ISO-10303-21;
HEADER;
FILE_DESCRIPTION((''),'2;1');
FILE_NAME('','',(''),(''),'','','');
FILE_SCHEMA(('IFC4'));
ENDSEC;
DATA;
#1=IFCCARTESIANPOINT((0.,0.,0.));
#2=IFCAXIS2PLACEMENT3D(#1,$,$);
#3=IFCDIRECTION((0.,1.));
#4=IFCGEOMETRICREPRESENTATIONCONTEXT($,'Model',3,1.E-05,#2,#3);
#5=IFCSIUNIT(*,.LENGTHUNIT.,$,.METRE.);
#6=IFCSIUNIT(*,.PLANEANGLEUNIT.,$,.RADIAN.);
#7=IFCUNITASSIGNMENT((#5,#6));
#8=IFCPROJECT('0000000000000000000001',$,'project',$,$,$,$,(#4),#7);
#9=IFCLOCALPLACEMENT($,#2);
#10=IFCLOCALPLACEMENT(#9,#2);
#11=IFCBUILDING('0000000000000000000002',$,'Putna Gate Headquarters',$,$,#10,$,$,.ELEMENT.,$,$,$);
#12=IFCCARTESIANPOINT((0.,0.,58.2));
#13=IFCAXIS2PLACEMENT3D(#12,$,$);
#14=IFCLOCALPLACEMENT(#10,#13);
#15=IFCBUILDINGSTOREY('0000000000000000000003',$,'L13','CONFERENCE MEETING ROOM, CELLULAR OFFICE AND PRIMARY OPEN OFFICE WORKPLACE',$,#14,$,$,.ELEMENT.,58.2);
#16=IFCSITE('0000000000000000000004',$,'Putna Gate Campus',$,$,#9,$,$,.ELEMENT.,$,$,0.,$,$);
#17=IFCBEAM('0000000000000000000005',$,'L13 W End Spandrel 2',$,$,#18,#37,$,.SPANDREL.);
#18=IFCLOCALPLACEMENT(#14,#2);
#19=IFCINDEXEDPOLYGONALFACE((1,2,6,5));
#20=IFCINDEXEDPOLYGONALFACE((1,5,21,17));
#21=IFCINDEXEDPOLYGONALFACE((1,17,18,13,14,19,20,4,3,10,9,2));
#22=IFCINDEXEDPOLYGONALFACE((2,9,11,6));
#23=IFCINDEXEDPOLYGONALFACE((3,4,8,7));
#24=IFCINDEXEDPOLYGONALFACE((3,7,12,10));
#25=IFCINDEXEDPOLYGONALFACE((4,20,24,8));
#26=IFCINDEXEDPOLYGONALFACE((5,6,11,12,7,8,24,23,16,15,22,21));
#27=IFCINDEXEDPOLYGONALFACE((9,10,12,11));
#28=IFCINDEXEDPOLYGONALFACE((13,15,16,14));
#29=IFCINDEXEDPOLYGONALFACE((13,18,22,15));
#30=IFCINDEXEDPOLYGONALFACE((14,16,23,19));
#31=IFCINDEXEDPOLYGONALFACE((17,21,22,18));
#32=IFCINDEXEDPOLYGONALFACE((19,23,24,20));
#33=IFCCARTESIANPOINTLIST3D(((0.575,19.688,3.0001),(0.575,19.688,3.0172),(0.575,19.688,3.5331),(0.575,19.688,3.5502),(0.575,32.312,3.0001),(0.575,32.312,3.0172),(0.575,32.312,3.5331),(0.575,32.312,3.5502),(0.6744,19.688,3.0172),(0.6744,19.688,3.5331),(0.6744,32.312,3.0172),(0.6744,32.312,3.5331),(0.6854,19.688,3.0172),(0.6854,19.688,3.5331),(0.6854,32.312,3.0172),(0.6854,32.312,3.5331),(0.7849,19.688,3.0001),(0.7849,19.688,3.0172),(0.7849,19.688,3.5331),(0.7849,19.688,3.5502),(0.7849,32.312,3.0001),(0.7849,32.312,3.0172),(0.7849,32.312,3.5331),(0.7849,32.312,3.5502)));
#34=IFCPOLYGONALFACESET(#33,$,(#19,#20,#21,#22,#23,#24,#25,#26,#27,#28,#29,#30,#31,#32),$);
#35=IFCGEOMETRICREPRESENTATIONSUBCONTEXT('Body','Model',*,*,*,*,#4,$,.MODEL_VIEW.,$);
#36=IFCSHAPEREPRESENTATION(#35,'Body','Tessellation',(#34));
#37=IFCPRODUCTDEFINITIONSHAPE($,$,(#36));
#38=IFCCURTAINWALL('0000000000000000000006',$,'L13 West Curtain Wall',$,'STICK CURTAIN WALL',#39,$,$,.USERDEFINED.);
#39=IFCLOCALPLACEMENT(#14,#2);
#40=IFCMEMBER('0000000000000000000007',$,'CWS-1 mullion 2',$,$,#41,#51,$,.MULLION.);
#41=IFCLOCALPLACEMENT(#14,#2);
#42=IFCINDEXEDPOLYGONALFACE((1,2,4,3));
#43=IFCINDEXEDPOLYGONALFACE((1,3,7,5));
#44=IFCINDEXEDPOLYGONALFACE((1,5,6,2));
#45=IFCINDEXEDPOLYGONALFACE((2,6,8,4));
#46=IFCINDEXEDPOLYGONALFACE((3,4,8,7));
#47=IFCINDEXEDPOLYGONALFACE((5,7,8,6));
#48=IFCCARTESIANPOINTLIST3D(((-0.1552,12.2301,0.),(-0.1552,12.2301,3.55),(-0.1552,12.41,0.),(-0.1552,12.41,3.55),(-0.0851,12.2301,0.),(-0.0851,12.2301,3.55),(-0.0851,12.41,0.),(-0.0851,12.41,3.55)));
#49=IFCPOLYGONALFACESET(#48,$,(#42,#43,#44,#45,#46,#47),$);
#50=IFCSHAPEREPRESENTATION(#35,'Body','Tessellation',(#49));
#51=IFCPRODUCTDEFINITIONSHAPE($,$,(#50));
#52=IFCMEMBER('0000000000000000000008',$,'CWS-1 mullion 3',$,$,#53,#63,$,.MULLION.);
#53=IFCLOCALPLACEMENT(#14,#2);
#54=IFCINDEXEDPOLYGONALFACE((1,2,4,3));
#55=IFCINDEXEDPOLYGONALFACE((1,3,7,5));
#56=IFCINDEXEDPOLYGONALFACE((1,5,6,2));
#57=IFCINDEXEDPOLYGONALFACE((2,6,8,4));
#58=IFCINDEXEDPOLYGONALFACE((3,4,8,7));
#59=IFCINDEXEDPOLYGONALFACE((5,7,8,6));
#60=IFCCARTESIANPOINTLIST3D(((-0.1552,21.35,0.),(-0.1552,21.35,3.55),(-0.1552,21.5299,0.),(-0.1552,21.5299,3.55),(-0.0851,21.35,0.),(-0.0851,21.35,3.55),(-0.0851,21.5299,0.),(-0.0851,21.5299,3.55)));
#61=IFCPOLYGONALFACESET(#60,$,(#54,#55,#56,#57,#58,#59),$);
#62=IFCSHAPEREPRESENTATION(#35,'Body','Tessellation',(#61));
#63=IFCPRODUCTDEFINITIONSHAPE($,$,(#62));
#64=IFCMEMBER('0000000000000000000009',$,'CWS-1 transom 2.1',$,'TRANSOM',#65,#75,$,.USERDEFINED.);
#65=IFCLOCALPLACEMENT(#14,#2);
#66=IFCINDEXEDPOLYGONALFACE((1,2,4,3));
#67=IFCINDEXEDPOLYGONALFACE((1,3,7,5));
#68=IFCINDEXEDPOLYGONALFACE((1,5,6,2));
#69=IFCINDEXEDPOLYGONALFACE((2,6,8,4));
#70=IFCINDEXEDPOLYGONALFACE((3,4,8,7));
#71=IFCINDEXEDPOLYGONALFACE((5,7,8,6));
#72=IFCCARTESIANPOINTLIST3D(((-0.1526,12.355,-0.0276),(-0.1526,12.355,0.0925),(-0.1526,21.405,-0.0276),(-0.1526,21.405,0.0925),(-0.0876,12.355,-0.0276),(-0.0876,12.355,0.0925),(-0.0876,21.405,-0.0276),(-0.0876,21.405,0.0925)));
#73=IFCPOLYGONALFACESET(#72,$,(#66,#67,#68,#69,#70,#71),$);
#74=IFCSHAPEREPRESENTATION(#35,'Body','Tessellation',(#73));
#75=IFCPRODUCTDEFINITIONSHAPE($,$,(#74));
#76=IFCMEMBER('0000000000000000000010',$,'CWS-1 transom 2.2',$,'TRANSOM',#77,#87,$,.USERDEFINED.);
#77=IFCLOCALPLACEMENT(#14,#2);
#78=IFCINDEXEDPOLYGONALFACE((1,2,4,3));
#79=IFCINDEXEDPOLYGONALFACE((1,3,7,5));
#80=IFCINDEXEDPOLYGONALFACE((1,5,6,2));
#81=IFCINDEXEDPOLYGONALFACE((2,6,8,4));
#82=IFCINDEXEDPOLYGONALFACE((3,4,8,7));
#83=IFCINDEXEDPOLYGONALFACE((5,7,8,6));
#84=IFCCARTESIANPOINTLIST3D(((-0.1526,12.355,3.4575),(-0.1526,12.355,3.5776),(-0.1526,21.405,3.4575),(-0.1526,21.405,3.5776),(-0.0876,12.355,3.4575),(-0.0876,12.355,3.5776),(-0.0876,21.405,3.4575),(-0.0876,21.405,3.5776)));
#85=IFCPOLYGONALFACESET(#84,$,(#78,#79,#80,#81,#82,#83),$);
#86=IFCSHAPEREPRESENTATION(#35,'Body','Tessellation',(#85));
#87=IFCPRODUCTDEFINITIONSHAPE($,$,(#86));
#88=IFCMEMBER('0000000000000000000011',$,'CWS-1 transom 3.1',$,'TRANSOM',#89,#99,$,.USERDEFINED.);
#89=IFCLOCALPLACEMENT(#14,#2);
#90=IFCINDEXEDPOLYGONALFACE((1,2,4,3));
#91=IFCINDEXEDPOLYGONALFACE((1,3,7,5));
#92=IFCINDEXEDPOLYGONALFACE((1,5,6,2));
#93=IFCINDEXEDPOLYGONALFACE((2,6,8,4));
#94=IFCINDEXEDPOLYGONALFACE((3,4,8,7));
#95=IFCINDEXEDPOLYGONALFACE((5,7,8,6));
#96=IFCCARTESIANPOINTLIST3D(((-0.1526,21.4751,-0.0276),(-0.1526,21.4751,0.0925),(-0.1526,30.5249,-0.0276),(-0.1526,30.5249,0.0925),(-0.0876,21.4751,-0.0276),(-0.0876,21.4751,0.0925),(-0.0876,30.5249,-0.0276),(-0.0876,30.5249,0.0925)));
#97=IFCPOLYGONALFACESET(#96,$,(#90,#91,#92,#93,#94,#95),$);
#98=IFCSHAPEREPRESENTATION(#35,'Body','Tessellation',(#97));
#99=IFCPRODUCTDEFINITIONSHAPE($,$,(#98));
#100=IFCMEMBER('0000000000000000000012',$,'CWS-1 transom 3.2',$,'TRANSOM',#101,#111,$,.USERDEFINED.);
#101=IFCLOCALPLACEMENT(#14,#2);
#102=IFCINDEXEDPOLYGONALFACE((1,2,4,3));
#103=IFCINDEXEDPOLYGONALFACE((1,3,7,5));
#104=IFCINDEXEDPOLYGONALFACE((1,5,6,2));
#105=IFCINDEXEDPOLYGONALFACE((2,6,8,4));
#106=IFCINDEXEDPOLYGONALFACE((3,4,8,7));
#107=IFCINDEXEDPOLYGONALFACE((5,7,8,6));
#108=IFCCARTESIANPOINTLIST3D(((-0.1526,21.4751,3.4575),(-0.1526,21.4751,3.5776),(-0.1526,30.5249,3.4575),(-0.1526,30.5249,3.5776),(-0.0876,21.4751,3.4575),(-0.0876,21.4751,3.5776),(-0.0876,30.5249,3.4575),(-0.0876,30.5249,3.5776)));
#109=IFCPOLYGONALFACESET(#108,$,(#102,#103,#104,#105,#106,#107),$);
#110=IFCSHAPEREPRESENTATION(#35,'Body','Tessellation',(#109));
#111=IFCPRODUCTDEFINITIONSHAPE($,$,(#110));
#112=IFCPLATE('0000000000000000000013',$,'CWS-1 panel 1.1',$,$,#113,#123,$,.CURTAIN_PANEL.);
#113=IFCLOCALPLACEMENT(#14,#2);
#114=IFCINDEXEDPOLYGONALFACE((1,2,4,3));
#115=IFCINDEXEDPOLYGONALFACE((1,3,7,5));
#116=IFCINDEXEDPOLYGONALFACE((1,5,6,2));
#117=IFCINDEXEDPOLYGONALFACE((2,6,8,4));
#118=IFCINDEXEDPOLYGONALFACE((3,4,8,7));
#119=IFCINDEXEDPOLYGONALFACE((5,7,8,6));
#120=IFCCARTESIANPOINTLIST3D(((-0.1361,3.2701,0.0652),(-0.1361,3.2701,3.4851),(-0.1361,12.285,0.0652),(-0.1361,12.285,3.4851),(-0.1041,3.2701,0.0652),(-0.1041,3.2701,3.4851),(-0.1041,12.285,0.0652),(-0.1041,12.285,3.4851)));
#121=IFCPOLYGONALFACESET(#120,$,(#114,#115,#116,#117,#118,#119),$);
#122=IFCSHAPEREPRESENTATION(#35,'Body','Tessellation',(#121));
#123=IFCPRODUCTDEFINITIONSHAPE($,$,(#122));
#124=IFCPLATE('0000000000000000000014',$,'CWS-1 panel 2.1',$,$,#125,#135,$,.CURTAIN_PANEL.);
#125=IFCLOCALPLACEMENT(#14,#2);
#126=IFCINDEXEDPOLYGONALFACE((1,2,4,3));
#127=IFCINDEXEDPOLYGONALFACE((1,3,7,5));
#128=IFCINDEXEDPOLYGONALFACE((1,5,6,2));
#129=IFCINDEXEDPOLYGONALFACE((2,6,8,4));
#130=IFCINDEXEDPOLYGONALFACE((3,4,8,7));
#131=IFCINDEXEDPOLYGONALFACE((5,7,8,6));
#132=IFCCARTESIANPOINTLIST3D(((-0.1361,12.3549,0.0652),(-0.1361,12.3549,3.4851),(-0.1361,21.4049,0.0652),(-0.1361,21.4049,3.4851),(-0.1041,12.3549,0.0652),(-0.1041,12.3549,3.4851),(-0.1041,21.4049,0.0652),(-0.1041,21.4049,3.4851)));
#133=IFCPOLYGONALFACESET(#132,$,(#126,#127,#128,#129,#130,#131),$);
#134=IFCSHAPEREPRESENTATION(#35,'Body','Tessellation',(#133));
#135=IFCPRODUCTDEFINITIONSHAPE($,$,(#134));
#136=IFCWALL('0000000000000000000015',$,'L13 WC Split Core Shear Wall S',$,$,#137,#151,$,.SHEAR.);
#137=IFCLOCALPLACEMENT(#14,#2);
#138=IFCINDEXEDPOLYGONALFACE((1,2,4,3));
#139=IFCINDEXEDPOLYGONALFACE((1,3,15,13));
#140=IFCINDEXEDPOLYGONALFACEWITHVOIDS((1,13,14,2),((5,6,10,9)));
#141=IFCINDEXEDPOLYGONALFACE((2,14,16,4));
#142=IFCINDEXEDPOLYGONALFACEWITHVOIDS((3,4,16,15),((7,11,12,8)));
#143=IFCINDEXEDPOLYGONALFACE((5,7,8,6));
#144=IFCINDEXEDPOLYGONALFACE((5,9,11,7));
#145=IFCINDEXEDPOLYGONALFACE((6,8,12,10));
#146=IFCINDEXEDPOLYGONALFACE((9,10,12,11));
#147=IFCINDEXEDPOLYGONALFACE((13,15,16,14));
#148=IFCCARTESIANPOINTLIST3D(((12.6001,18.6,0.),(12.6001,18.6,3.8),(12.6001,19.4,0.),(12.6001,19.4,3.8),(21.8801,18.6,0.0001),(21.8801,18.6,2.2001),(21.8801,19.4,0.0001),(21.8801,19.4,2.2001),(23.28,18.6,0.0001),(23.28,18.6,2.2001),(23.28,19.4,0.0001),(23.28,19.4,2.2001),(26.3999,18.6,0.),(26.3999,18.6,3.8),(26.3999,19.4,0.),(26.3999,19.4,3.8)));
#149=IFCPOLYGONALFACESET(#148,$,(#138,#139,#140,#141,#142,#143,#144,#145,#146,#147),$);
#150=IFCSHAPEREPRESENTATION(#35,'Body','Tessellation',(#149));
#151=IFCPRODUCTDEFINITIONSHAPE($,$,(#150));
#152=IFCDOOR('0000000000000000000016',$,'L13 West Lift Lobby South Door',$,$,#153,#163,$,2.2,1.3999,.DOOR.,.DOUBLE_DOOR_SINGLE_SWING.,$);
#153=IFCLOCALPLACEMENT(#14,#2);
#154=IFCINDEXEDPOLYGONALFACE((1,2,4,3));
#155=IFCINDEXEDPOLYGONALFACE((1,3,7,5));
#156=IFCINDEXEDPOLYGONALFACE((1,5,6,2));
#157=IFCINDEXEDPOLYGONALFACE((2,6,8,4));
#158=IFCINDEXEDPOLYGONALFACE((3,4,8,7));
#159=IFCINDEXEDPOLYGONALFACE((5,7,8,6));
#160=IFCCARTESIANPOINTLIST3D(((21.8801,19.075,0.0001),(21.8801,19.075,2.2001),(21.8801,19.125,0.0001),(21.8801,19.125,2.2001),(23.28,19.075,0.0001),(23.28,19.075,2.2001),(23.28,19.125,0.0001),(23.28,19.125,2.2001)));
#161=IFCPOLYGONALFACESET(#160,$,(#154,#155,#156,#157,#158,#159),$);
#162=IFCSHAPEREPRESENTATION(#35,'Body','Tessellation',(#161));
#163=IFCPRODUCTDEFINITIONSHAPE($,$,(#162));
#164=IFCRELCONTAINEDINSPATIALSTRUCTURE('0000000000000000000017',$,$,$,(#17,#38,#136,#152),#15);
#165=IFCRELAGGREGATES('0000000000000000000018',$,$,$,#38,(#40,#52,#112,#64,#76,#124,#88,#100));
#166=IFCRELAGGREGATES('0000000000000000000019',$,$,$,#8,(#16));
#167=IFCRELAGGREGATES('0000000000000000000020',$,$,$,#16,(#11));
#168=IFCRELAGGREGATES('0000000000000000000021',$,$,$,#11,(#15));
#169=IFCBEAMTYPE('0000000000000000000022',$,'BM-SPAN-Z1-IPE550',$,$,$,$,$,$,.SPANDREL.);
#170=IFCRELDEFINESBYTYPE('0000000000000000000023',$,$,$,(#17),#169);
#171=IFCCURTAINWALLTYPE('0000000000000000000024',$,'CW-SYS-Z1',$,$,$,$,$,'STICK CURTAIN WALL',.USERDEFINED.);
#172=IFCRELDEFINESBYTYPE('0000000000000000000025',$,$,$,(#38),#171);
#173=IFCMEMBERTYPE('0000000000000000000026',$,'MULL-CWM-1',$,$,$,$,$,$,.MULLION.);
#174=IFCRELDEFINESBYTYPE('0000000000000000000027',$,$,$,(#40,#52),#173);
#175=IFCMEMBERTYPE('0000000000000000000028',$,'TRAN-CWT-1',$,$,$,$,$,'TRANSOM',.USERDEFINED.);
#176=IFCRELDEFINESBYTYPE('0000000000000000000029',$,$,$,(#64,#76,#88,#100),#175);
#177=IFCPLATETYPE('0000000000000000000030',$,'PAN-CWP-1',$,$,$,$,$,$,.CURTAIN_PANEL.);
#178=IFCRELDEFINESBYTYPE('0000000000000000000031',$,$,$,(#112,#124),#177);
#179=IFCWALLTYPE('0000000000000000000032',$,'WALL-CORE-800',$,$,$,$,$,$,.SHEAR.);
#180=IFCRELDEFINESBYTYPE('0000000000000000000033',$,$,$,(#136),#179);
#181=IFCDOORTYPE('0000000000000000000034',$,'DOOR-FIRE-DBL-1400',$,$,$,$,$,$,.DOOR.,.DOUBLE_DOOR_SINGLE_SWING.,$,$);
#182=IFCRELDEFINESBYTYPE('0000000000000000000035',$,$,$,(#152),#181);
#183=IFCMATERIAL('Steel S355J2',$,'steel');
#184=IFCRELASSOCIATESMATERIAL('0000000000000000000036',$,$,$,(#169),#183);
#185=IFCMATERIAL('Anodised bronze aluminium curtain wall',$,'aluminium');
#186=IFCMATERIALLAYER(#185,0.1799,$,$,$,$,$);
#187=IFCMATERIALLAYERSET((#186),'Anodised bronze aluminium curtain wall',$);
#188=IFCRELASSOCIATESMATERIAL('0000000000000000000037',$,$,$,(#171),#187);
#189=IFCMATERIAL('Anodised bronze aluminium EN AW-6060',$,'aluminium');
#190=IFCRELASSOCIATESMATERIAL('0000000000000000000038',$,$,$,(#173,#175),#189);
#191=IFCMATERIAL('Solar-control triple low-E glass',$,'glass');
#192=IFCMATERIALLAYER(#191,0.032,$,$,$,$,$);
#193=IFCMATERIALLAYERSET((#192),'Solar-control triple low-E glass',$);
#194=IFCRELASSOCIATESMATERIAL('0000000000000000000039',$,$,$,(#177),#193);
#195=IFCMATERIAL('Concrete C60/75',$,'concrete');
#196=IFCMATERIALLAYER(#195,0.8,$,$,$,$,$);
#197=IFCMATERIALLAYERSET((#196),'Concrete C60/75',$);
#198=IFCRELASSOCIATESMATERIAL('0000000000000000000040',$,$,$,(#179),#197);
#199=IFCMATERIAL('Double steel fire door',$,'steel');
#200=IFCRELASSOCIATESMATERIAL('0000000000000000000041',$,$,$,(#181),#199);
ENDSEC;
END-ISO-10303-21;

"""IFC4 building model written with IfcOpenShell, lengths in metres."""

from ifc_helpers import new_model, si_unit, direction, frame, frame_2d, origin, origin_2d, place, context, subcontext, project, spatial, rectangle, i_section, extrude, material, layer, layer_set, material_profile, profile_set, type_object, element, fill, aggregate, save


model = new_model("IFC4")

# Units and contexts
model_context = context("Model", 3, precision=1e-05, world=origin(), true_north=direction((0.0, 1.0)))
body_context = subcontext(model_context, "Body", "Model", "MODEL_VIEW")
ifc_project = project(units=[si_unit("LENGTHUNIT", "METRE"), si_unit("PLANEANGLEUNIT", "RADIAN")], contexts=[model_context])

# Site, building, storey
site_placement = place(None, origin())
site = spatial("IfcSite", under=ifc_project, at=site_placement, Name="Putna Gate Campus", CompositionType="ELEMENT", RefElevation=0.0)
building_placement = place(site_placement, origin())
building = spatial("IfcBuilding", under=site, at=building_placement, Name="Putna Gate Headquarters", CompositionType="ELEMENT")
storey_placement = place(building_placement, frame((0.0, 0.0, 58.2)))
storey = spatial("IfcBuildingStorey", under=building, at=storey_placement, Name="L13", Description="CONFERENCE MEETING ROOM, CELLULAR OFFICE AND PRIMARY OPEN OFFICE WORKPLACE", CompositionType="ELEMENT", Elevation=58.2)

# Shared definitions
ifc_material_1 = material(Name="Concrete C60/75", Category="concrete")

# Beam
ifc_material_2 = material(Name="Steel S355J2", Category="steel")
ifc_material_profile_1 = material_profile(ifc_material_2, i_section(OverallWidth=0.21, OverallDepth=0.55, WebThickness=0.011, FlangeThickness=0.0171, at=origin_2d()), Name="Steel S355J2")
ifc_profile_set_1 = profile_set([ifc_material_profile_1], Name="Steel S355J2")
beam_type_1 = type_object("IfcBeamType", Name="BM-SPAN-Z1-IPE550", PredefinedType="SPANDREL", material=ifc_profile_set_1)
beam_1_placement = place(storey_placement, frame((0.6799, 19.688, 3.2751), z_axis=(0.0, 1.0, 0.0), x_axis=(-1.0, 0.0, 0.0)))
element("IfcBeam", 1, at=beam_1_placement, inside=storey, type_object=beam_type_1, Name="L13 W End Spandrel 2", PredefinedType="SPANDREL", context=body_context, shape_type="SweptSolid", body=[
    extrude(i_section(OverallWidth=0.21, OverallDepth=0.55, WebThickness=0.011, FlangeThickness=0.0171, at=origin_2d()), origin(), (0.0, 0.0, 1.0), 12.624),
])

# Curtain wall, members, plates
ifc_material_3 = material(Name="Anodised bronze aluminium curtain wall", Category="aluminium")
ifc_layer_1 = layer(ifc_material_3, 0.1799)
ifc_layer_set_1 = layer_set([ifc_layer_1], Name="Anodised bronze aluminium curtain wall")
curtain_wall_type = type_object("IfcCurtainWallType", Name="CW-SYS-Z1", ElementType="STICK CURTAIN WALL", PredefinedType="USERDEFINED", material=ifc_layer_set_1)
curtain_wall_placement = place(storey_placement, origin())
curtain_wall = element("IfcCurtainWall", 2, at=curtain_wall_placement, inside=storey, type_object=curtain_wall_type, Name="L13 West Curtain Wall", ObjectType="STICK CURTAIN WALL", PredefinedType="USERDEFINED")
ifc_material_4 = material(Name="Anodised bronze aluminium EN AW-6060", Category="aluminium")
ifc_material_profile_2 = material_profile(ifc_material_4, rectangle(XDim=0.0701, YDim=0.1799, at=origin_2d()), Name="Anodised bronze aluminium EN AW-6060")
ifc_profile_set_2 = profile_set([ifc_material_profile_2], Name="Anodised bronze aluminium EN AW-6060")
member_type_1 = type_object("IfcMemberType", Name="MULL-CWM-1", PredefinedType="MULLION", material=ifc_profile_set_2)
member_1_placement = place(storey_placement, frame((-0.1201, 12.3201, 0.0), z_axis=(0.0, 0.0, 1.0), x_axis=(-1.0, 0.0, 0.0)))
member_1 = element("IfcMember", 3, at=member_1_placement, type_object=member_type_1, Name="CWS-1 mullion 2", PredefinedType="MULLION", context=body_context, shape_type="SweptSolid", body=[
    extrude(rectangle(XDim=0.0701, YDim=0.1799, at=origin_2d()), origin(), (0.0, 0.0, 1.0), 3.55),
])
member_2_placement = place(storey_placement, frame((-0.1201, 21.4399, 0.0), z_axis=(0.0, 0.0, 1.0), x_axis=(-1.0, 0.0, 0.0)))
member_2 = element("IfcMember", 4, at=member_2_placement, type_object=member_type_1, Name="CWS-1 mullion 3", PredefinedType="MULLION", context=body_context, shape_type="SweptSolid", body=[
    extrude(rectangle(XDim=0.0701, YDim=0.1799, at=origin_2d()), origin(), (0.0, 0.0, 1.0), 3.55),
])
ifc_material_profile_3 = material_profile(ifc_material_4, rectangle(XDim=0.0649, YDim=0.1201, at=origin_2d()), Name="Anodised bronze aluminium EN AW-6060")
ifc_profile_set_3 = profile_set([ifc_material_profile_3], Name="Anodised bronze aluminium EN AW-6060")
member_type_2 = type_object("IfcMemberType", Name="TRAN-CWT-1", ElementType="TRANSOM", PredefinedType="USERDEFINED", material=ifc_profile_set_3)
member_3_placement = place(storey_placement, frame((-0.1201, 12.355, 0.0325), z_axis=(0.0, 1.0, 0.0), x_axis=(-1.0, 0.0, 0.0)))
member_3 = element("IfcMember", 5, at=member_3_placement, type_object=member_type_2, Name="CWS-1 transom 2.1", ObjectType="TRANSOM", PredefinedType="USERDEFINED", context=body_context, shape_type="SweptSolid", body=[
    extrude(rectangle(XDim=0.0649, YDim=0.1201, at=origin_2d()), origin(), (0.0, 0.0, 1.0), 9.05),
])
member_4_placement = place(storey_placement, frame((-0.1201, 12.355, 3.5176), z_axis=(0.0, 1.0, 0.0), x_axis=(-1.0, 0.0, 0.0)))
member_4 = element("IfcMember", 6, at=member_4_placement, type_object=member_type_2, Name="CWS-1 transom 2.2", ObjectType="TRANSOM", PredefinedType="USERDEFINED", context=body_context, shape_type="SweptSolid", body=[
    extrude(rectangle(XDim=0.0649, YDim=0.1201, at=origin_2d()), origin(), (0.0, 0.0, 1.0), 9.05),
])
member_5_placement = place(storey_placement, frame((-0.1201, 21.4751, 0.0325), z_axis=(0.0, 1.0, 0.0), x_axis=(-1.0, 0.0, 0.0)))
member_5 = element("IfcMember", 7, at=member_5_placement, type_object=member_type_2, Name="CWS-1 transom 3.1", ObjectType="TRANSOM", PredefinedType="USERDEFINED", context=body_context, shape_type="SweptSolid", body=[
    extrude(rectangle(XDim=0.0649, YDim=0.1201, at=origin_2d()), origin(), (0.0, 0.0, 1.0), 9.0498),
])
member_6_placement = place(storey_placement, frame((-0.1201, 21.4751, 3.5176), z_axis=(0.0, 1.0, 0.0), x_axis=(-1.0, 0.0, 0.0)))
member_6 = element("IfcMember", 8, at=member_6_placement, type_object=member_type_2, Name="CWS-1 transom 3.2", ObjectType="TRANSOM", PredefinedType="USERDEFINED", context=body_context, shape_type="SweptSolid", body=[
    extrude(rectangle(XDim=0.0649, YDim=0.1201, at=origin_2d()), origin(), (0.0, 0.0, 1.0), 9.0498),
])
ifc_material_5 = material(Name="Solar-control triple low-E glass", Category="glass")
ifc_layer_2 = layer(ifc_material_5, 0.032)
ifc_layer_set_2 = layer_set([ifc_layer_2], Name="Solar-control triple low-E glass")
plate_type = type_object("IfcPlateType", Name="PAN-CWP-1", PredefinedType="CURTAIN_PANEL", material=ifc_layer_set_2)
plate_1_placement = place(storey_placement, frame((-0.1201, 7.7776, 0.0652), z_axis=(0.0, 0.0, 1.0), x_axis=(0.0, 1.0, 0.0)))
plate_1 = element("IfcPlate", 9, at=plate_1_placement, type_object=plate_type, Name="CWS-1 panel 1.1", PredefinedType="CURTAIN_PANEL", context=body_context, shape_type="SweptSolid", body=[
    extrude(rectangle(XDim=9.0149, YDim=0.032, at=origin_2d()), origin(), (0.0, 0.0, 1.0), 3.4199),
])
plate_2_placement = place(storey_placement, frame((-0.1201, 16.8799, 0.0652), z_axis=(0.0, 0.0, 1.0), x_axis=(0.0, 1.0, 0.0)))
plate_2 = element("IfcPlate", 10, at=plate_2_placement, type_object=plate_type, Name="CWS-1 panel 2.1", PredefinedType="CURTAIN_PANEL", context=body_context, shape_type="SweptSolid", body=[
    extrude(rectangle(XDim=9.05, YDim=0.032, at=origin_2d()), origin(), (0.0, 0.0, 1.0), 3.4199),
])
aggregate(curtain_wall, [member_1, member_2, plate_1, member_3, member_4, plate_2, member_5, member_6])

# Wall, opening, door
ifc_layer_3 = layer(ifc_material_1, 0.8)
ifc_layer_set_3 = layer_set([ifc_layer_3], Name="Concrete C60/75")
wall_type_1 = type_object("IfcWallType", Name="WALL-CORE-800", PredefinedType="SHEAR", material=ifc_layer_set_3)
wall_1_placement = place(storey_placement, frame((12.6001, 19.0, 0.0), z_axis=(0.0, 0.0, 1.0), x_axis=(1.0, 0.0, 0.0)))
wall_1 = element("IfcWall", 11, at=wall_1_placement, inside=storey, type_object=wall_type_1, Name="L13 WC Split Core Shear Wall S", PredefinedType="SHEAR", context=body_context, shape_type="SweptSolid", body=[
    extrude(rectangle(XDim=13.7998, YDim=0.8, at=frame_2d((6.8999, 0.0))), origin(), (0.0, 0.0, 1.0), 3.8),
])
opening_1_placement = place(wall_1_placement, frame((9.28, 0.0, 0.0)))
opening_1 = element("IfcOpeningElement", 12, at=opening_1_placement, cuts=wall_1, PredefinedType="OPENING", context=body_context, shape_type="SweptSolid", body=[
    extrude(rectangle(XDim=1.3999, YDim=2.2, at=frame_2d((0.7, 1.1001))), frame((0.0, 0.4099, 0.0), z_axis=(0.0, -1.0, 0.0), x_axis=(1.0, 0.0, 0.0)), (0.0, 0.0, 1.0), 0.8201),
])
ifc_material_6 = material(Name="Double steel fire door", Category="steel")
door_type_1 = type_object("IfcDoorType", Name="DOOR-FIRE-DBL-1400", OperationType="DOUBLE_DOOR_SINGLE_SWING", PredefinedType="DOOR", material=ifc_material_6)
door_1_placement = place(opening_1_placement, origin())
door_1 = element("IfcDoor", 13, at=door_1_placement, inside=storey, type_object=door_type_1, Name="L13 West Lift Lobby South Door", OperationType="DOUBLE_DOOR_SINGLE_SWING", OverallHeight=2.2, OverallWidth=1.3999, PredefinedType="DOOR", context=body_context, shape_type="SweptSolid", body=[
    extrude(rectangle(XDim=1.3999, YDim=2.2, at=frame_2d((0.7, 1.1001))), frame((0.0, 0.125, 0.0), z_axis=(0.0, -1.0, 0.0), x_axis=(1.0, 0.0, 0.0)), (0.0, 0.0, 1.0), 0.05),
])
fill(opening_1, door_1)

save(model, "model.ifc")
